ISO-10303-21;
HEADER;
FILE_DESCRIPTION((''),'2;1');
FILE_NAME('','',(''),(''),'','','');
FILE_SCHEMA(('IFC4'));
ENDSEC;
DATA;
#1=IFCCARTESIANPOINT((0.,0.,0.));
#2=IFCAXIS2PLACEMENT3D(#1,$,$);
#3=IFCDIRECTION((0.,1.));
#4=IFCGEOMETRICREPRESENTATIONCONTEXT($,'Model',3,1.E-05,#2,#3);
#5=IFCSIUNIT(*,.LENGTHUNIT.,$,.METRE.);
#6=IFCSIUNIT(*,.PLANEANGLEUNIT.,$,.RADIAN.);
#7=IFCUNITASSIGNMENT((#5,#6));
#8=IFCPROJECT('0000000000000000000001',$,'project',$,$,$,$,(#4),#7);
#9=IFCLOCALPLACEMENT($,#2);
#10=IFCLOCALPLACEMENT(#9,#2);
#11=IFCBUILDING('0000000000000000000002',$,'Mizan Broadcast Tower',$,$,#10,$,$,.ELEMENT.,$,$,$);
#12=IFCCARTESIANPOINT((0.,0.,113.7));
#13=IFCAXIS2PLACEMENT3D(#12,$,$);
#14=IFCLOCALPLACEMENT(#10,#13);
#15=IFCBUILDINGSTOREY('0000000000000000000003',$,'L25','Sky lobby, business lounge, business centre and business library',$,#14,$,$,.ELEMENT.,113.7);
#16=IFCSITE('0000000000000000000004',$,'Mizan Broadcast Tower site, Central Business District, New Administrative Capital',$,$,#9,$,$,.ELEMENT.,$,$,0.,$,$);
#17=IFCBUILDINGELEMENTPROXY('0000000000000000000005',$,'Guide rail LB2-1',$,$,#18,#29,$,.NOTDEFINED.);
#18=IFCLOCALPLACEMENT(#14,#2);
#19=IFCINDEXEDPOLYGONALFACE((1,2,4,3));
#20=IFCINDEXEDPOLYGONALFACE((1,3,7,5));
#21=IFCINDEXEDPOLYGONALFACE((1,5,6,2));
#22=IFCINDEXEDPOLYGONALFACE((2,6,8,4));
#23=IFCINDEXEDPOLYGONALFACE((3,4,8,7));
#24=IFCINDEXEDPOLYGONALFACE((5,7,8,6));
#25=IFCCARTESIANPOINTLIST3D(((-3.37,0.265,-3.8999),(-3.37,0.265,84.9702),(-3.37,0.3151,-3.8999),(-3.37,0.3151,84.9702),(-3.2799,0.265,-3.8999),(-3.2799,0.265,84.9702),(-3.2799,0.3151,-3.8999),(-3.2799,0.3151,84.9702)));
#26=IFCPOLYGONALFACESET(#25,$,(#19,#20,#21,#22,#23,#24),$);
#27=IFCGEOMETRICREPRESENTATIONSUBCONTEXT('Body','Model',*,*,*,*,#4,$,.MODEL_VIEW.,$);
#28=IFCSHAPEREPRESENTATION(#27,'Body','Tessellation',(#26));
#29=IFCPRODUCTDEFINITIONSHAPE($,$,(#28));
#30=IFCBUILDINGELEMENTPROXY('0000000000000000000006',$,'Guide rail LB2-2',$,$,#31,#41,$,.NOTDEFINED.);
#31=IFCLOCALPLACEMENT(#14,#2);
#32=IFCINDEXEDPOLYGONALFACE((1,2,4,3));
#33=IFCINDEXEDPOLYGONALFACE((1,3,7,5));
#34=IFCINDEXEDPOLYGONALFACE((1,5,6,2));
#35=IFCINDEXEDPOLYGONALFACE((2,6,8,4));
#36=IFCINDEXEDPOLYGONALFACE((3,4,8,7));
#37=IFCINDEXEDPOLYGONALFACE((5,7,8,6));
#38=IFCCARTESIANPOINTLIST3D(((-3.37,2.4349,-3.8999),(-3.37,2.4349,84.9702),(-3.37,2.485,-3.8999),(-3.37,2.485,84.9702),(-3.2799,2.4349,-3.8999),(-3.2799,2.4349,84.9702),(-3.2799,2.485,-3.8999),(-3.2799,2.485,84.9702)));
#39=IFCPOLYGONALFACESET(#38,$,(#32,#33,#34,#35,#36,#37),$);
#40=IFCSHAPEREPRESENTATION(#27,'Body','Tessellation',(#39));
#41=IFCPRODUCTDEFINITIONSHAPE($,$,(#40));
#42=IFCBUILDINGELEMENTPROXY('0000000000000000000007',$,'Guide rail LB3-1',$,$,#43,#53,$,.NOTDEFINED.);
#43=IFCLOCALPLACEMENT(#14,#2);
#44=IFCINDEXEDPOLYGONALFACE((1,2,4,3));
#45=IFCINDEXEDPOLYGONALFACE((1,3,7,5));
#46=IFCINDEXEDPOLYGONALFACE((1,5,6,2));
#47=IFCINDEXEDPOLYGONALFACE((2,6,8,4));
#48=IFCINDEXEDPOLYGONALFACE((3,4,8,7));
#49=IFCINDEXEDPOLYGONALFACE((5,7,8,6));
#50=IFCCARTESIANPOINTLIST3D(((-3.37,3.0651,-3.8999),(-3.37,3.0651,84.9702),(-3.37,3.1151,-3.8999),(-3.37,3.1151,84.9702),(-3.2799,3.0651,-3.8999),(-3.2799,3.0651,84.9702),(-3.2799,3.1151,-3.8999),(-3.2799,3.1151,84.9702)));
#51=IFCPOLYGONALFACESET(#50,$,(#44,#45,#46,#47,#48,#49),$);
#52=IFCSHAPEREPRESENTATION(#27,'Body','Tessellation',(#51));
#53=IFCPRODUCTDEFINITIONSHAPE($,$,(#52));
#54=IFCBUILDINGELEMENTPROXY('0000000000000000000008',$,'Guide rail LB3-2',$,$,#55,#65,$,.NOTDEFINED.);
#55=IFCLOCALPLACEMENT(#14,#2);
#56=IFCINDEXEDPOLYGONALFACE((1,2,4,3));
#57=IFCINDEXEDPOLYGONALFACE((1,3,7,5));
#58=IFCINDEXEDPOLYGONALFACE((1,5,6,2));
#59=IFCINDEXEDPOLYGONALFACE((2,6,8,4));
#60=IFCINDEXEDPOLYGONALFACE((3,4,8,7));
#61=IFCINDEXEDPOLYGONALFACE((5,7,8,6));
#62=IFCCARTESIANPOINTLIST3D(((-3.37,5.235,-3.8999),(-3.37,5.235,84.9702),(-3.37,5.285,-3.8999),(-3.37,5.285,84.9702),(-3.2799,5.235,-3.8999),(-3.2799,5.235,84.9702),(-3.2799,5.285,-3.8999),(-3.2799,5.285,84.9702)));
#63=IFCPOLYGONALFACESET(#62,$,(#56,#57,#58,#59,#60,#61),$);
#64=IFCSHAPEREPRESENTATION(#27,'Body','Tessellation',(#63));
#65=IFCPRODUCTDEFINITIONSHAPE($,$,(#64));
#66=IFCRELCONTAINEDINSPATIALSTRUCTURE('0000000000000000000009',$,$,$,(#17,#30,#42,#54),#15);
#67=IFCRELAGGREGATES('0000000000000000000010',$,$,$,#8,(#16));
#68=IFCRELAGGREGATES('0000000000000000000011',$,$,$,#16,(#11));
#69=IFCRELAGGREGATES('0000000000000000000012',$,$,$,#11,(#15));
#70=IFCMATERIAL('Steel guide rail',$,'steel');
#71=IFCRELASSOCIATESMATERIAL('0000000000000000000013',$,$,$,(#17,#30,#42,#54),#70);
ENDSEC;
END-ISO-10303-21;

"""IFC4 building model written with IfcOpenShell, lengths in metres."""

from ifc_helpers import new_model, si_unit, direction, frame, origin, origin_2d, place, context, subcontext, project, spatial, rectangle, extrude, material, element, save


model = new_model("IFC4")

# Units and contexts
model_context = context("Model", 3, precision=1e-05, world=origin(), true_north=direction((0.0, 1.0)))
body_context = subcontext(model_context, "Body", "Model", "MODEL_VIEW")
ifc_project = project(units=[si_unit("LENGTHUNIT", "METRE"), si_unit("PLANEANGLEUNIT", "RADIAN")], contexts=[model_context])

# Site, building, storey
site_placement = place(None, origin())
site = spatial("IfcSite", under=ifc_project, at=site_placement, Name="Mizan Broadcast Tower site, Central Business District, New Administrative Capital", CompositionType="ELEMENT", RefElevation=0.0)
building_placement = place(site_placement, origin())
building = spatial("IfcBuilding", under=site, at=building_placement, Name="Mizan Broadcast Tower", CompositionType="ELEMENT")
storey_placement = place(building_placement, frame((0.0, 0.0, 113.7)))
storey = spatial("IfcBuildingStorey", under=building, at=storey_placement, Name="L25", Description="Sky lobby, business lounge, business centre and business library", CompositionType="ELEMENT", Elevation=113.7)

# Building element proxies
ifc_material_1 = material(Name="Steel guide rail", Category="steel")
for number, where, z_axis, x_axis, name in (
    (1, (-3.325, 0.29, -3.8999), (0.0, 0.0, 1.0), (1.0, 0.0, 0.0), "Guide rail LB2-1"),
    (2, (-3.325, 2.46, -3.8999), (0.0, 0.0, 1.0), (1.0, 0.0, 0.0), "Guide rail LB2-2"),
    (3, (-3.325, 3.0901, -3.8999), (0.0, 0.0, 1.0), (1.0, 0.0, 0.0), "Guide rail LB3-1"),
    (4, (-3.325, 5.26, -3.8999), (0.0, 0.0, 1.0), (1.0, 0.0, 0.0), "Guide rail LB3-2"),
):
    element("IfcBuildingElementProxy", number, at=place(storey_placement, frame(where, z_axis=z_axis, x_axis=x_axis)), inside=storey, material=ifc_material_1, Name=name, PredefinedType="NOTDEFINED", context=body_context, shape_type="SweptSolid", body=[
        extrude(rectangle(XDim=0.0901, YDim=0.05, at=origin_2d()), origin(), (0.0, 0.0, 1.0), 88.8701),
    ])

save(model, "model.ifc")
